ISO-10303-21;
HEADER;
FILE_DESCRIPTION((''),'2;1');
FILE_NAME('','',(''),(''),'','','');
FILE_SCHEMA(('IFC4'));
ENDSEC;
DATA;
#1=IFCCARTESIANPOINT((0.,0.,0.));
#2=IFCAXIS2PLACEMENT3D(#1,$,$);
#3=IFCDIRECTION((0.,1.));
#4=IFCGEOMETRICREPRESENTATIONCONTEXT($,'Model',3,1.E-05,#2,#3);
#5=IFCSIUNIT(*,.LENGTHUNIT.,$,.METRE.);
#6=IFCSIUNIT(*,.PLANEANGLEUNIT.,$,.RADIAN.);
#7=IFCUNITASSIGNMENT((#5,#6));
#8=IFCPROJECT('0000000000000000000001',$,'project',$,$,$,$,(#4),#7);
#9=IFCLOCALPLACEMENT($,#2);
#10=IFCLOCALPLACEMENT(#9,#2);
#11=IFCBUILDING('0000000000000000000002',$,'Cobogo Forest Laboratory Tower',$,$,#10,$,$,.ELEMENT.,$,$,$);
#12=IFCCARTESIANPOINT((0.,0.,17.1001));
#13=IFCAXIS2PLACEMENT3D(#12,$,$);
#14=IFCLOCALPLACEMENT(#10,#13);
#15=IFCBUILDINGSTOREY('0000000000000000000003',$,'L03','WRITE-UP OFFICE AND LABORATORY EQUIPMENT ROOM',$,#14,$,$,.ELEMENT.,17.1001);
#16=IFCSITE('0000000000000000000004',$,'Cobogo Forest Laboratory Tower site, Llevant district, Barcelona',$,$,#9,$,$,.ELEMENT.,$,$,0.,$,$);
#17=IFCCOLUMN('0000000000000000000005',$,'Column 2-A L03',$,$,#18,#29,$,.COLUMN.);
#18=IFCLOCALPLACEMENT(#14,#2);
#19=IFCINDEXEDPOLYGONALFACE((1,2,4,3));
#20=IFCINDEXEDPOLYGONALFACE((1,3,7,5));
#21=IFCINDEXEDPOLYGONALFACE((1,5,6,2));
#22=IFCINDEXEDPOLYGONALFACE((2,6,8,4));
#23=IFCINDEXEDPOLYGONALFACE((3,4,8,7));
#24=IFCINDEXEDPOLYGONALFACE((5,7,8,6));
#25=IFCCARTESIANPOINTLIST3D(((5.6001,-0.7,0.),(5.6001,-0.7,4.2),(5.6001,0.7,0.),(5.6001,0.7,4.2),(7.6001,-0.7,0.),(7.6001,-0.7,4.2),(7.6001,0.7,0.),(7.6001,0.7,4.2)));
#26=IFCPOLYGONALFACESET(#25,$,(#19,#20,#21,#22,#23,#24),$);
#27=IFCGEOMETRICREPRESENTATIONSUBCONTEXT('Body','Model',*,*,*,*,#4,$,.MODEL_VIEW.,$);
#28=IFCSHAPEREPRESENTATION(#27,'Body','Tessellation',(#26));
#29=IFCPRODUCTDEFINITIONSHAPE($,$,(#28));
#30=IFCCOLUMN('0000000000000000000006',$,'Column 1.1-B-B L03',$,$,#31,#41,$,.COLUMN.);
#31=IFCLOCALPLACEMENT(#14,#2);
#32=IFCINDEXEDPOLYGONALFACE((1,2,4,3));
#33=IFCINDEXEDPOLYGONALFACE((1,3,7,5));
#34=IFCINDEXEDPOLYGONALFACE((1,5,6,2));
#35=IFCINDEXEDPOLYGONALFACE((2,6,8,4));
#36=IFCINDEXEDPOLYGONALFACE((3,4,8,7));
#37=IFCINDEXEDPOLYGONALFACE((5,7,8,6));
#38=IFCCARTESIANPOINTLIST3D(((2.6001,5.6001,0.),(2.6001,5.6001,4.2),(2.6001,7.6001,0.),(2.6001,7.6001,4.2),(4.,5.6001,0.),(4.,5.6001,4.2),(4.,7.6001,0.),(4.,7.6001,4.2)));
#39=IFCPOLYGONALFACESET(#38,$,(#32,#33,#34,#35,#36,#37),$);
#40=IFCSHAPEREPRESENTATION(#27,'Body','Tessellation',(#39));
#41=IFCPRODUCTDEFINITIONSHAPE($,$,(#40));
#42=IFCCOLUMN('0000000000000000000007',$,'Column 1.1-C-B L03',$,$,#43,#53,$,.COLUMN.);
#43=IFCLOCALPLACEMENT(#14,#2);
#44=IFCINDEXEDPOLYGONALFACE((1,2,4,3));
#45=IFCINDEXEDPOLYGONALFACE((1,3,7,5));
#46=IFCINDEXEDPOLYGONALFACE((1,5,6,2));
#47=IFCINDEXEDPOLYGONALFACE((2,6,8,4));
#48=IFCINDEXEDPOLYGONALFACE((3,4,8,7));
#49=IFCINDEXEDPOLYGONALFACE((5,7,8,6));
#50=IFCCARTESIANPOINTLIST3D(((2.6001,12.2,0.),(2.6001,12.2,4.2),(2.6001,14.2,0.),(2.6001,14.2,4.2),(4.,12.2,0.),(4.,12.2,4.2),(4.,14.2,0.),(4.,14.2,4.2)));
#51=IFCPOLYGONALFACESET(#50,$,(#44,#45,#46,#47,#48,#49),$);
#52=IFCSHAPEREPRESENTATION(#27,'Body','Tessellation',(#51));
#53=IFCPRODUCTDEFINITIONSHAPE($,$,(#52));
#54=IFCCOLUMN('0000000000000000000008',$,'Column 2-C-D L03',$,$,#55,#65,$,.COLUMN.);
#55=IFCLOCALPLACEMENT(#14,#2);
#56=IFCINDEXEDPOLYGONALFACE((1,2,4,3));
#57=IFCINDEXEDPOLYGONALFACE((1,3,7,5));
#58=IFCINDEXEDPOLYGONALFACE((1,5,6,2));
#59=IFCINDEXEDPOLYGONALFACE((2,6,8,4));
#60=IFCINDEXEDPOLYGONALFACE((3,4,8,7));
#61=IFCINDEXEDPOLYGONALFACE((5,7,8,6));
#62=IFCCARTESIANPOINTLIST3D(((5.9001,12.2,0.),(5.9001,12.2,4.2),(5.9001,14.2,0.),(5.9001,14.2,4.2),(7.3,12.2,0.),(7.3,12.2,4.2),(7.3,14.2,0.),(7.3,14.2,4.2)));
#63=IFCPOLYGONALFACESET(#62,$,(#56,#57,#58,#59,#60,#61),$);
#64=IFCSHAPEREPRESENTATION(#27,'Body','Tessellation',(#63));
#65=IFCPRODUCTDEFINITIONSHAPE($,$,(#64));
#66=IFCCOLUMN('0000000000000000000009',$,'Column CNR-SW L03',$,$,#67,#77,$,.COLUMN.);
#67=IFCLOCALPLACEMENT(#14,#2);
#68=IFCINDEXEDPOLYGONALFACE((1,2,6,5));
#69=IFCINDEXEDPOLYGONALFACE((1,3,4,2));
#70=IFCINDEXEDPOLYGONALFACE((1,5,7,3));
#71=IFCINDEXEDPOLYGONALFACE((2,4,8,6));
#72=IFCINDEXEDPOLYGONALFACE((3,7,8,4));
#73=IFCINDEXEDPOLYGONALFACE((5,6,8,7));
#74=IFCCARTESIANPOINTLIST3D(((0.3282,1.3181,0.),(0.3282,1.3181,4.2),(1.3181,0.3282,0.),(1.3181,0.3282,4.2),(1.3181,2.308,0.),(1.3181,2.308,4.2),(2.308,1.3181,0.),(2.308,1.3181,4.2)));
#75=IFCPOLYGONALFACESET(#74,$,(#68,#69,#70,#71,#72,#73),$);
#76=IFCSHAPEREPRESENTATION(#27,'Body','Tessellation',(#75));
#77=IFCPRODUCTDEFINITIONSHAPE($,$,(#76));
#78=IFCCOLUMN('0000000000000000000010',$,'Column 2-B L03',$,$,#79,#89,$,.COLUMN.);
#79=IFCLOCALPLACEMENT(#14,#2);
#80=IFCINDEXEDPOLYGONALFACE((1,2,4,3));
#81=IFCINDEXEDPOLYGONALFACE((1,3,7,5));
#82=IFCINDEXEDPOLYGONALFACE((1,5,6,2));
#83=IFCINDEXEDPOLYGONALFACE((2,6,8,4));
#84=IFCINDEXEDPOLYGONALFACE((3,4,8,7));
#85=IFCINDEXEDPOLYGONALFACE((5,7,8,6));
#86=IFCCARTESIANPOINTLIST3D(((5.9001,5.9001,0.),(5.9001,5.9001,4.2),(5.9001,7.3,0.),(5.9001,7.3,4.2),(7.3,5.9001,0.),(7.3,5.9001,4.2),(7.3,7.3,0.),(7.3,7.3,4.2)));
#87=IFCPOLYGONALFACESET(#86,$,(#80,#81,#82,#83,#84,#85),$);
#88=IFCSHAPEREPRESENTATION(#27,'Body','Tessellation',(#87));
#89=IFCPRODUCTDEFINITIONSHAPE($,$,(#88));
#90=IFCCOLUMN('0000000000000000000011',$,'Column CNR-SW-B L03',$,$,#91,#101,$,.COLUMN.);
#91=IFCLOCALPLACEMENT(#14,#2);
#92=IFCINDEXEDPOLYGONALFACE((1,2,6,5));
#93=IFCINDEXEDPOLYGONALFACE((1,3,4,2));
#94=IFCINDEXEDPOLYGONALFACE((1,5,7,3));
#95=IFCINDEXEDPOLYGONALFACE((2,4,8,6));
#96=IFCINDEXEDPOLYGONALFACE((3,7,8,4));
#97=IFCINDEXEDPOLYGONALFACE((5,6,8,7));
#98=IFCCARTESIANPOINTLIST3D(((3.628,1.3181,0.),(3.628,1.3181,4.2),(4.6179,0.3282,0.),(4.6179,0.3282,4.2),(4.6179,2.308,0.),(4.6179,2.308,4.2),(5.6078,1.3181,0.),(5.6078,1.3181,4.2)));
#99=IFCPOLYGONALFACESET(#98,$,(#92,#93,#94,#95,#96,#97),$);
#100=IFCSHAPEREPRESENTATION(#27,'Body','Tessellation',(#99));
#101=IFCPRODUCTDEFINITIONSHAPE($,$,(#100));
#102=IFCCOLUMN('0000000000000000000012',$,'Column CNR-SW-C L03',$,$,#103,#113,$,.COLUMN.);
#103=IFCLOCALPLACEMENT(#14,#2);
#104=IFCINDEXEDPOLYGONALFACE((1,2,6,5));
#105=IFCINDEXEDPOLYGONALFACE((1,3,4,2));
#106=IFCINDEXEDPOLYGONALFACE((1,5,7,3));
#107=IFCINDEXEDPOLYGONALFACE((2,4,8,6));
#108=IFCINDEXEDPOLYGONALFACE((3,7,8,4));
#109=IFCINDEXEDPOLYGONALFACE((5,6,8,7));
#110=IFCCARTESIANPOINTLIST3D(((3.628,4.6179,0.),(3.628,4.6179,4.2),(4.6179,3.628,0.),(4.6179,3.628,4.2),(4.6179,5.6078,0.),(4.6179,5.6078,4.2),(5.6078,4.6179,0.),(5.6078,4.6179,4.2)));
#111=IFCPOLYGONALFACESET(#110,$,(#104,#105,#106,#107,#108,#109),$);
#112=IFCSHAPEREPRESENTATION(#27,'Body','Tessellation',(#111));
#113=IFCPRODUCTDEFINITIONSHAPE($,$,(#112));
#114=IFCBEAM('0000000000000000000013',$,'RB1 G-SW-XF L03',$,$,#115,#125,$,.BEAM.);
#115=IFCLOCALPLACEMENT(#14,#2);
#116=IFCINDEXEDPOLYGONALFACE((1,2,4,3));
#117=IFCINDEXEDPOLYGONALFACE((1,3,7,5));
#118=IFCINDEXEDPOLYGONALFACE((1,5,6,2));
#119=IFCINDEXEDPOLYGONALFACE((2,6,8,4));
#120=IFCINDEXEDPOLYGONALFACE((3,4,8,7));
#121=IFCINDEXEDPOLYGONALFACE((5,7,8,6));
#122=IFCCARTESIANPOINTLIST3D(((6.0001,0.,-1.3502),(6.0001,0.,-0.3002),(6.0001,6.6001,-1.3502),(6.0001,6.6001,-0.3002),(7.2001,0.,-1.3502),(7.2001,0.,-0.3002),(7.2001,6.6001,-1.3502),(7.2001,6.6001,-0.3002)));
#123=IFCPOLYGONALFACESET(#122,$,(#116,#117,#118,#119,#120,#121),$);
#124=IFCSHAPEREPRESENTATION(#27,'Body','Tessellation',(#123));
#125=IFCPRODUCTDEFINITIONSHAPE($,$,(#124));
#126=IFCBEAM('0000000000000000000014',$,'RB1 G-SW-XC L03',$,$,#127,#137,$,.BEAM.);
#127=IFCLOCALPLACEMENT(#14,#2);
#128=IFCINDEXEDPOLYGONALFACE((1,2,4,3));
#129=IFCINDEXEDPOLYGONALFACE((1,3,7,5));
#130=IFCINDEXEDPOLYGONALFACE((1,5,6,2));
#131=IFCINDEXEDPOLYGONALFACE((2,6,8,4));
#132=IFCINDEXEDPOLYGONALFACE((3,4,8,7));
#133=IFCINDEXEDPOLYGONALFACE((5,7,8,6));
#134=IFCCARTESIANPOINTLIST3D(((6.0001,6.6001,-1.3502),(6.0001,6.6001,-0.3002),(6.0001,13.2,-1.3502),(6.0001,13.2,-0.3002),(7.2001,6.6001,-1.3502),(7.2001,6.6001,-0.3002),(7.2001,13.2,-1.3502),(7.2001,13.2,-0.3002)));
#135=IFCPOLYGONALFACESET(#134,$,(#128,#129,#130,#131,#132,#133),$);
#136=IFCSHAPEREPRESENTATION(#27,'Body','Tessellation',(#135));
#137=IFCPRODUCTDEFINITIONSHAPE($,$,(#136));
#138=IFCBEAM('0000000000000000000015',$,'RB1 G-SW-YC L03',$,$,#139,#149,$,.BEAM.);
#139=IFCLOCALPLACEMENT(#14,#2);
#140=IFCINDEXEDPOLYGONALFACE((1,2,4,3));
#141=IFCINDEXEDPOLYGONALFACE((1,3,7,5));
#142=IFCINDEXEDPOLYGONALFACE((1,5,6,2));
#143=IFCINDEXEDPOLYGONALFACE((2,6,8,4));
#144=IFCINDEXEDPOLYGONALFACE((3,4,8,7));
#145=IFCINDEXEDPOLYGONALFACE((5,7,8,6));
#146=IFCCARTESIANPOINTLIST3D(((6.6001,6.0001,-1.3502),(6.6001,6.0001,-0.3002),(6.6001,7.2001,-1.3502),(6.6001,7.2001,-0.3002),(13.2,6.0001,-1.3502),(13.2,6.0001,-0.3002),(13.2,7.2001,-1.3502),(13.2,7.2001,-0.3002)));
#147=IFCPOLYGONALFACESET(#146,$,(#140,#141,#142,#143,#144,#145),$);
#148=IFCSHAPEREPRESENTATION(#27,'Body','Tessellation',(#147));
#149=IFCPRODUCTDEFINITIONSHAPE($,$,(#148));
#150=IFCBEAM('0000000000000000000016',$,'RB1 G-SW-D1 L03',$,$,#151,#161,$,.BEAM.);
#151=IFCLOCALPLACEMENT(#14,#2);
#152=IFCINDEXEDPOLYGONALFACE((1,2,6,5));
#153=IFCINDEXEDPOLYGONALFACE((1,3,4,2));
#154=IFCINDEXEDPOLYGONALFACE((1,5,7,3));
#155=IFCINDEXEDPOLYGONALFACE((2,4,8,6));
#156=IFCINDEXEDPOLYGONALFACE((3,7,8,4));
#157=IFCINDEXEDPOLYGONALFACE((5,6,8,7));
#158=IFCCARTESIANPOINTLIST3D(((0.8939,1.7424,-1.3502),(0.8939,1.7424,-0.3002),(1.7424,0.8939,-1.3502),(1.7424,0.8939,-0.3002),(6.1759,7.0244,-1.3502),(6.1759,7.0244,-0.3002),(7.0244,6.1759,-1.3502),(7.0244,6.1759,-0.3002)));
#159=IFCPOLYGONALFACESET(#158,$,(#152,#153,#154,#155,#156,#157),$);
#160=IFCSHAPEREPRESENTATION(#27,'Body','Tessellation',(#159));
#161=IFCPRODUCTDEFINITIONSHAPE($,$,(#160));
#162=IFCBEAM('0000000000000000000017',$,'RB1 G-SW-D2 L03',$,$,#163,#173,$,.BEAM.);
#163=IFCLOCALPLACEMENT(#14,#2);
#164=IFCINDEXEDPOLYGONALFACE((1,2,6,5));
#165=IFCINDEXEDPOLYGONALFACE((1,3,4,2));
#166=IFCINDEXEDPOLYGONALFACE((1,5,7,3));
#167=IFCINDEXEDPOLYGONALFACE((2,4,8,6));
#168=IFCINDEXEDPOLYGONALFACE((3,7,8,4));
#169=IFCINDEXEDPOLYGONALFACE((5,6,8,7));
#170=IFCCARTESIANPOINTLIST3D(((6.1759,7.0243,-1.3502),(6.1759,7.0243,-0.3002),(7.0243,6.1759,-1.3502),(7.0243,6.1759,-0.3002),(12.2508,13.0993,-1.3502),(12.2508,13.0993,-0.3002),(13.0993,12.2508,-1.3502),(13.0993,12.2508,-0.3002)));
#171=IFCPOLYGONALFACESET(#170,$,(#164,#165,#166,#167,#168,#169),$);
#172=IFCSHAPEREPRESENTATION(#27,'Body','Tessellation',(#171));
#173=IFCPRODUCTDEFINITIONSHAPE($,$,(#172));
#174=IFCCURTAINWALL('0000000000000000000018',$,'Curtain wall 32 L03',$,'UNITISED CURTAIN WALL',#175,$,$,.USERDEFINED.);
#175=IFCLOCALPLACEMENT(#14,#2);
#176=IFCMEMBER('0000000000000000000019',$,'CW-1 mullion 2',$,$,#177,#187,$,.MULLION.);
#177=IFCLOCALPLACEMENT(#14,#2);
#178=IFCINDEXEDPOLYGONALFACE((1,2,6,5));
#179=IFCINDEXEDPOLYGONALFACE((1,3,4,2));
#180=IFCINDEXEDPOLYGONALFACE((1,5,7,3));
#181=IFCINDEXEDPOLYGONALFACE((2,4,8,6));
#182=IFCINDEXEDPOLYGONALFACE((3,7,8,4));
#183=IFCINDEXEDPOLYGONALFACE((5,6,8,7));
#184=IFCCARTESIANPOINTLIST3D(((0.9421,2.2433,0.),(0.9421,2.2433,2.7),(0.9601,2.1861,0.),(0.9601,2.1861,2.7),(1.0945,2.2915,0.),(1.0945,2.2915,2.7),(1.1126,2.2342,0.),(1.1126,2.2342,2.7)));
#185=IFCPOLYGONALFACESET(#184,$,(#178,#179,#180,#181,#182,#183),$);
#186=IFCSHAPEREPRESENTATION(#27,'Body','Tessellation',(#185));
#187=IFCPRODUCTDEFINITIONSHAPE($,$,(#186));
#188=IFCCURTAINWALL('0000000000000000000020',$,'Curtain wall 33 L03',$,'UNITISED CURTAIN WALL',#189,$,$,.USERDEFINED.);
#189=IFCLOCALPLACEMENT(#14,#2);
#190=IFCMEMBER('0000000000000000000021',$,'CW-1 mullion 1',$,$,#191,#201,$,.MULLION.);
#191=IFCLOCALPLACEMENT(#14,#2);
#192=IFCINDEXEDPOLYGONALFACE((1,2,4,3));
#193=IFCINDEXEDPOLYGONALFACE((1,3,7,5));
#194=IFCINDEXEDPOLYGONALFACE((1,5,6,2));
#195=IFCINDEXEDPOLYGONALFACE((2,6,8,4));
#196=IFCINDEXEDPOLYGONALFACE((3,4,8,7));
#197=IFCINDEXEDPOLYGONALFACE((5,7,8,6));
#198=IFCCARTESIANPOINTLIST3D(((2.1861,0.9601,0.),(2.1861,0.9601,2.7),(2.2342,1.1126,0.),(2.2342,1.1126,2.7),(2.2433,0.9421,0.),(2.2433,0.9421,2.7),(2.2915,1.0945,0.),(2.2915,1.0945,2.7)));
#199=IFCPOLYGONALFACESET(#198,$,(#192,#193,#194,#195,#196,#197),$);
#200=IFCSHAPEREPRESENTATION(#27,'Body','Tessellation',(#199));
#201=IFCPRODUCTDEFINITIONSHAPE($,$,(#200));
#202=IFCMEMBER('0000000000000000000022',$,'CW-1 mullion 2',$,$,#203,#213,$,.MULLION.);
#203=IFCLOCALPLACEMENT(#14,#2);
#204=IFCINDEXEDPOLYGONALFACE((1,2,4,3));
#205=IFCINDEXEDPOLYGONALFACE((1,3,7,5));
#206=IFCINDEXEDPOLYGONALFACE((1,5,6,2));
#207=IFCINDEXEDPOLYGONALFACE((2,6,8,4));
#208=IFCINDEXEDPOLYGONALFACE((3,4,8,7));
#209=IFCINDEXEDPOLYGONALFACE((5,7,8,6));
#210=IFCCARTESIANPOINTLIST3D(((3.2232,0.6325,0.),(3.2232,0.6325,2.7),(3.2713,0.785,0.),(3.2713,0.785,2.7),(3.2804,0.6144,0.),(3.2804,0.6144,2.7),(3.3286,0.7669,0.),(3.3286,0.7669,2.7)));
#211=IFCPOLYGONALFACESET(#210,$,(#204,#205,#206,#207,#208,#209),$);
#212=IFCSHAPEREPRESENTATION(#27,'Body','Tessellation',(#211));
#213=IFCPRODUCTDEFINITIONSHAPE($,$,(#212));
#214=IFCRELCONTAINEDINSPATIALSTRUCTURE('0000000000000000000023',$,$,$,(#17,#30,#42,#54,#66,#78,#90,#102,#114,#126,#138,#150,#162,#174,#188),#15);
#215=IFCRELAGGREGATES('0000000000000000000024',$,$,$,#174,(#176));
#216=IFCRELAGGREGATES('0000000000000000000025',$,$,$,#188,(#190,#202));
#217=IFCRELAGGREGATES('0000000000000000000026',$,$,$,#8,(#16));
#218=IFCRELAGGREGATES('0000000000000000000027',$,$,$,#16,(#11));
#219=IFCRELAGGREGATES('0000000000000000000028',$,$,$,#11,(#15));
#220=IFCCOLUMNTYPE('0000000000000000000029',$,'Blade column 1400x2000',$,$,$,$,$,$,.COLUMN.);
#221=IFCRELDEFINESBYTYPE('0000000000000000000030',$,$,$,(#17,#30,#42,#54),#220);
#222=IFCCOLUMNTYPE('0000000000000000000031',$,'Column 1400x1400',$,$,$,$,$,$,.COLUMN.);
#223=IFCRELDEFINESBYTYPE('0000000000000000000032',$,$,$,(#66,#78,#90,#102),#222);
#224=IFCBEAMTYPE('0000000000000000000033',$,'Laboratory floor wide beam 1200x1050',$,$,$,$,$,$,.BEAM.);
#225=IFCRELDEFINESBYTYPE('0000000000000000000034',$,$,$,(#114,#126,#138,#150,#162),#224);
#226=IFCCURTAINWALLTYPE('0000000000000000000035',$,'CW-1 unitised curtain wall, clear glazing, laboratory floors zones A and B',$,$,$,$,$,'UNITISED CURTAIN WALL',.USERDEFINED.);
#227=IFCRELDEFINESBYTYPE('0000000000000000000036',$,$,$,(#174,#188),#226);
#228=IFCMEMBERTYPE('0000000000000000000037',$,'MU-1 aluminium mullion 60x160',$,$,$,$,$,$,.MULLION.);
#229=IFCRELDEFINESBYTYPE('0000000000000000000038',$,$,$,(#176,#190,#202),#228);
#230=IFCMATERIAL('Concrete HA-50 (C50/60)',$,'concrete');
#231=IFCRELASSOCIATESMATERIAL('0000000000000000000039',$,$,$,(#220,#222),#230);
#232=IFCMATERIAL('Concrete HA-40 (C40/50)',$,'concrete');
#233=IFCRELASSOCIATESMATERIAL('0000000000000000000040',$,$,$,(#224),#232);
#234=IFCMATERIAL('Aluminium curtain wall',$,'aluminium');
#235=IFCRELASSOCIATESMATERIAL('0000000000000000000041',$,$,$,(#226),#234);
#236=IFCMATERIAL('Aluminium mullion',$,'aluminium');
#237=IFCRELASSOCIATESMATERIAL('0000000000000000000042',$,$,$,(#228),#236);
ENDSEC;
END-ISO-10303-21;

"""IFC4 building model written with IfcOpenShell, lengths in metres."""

from ifc_helpers import new_model, si_unit, direction, frame, origin, origin_2d, place, context, subcontext, project, spatial, rectangle, extrude, material, material_profile, profile_set, type_object, element, aggregate, save


model = new_model("IFC4")

# Units and contexts
model_context = context("Model", 3, precision=1e-05, world=origin(), true_north=direction((0.0, 1.0)))
body_context = subcontext(model_context, "Body", "Model", "MODEL_VIEW")
ifc_project = project(units=[si_unit("LENGTHUNIT", "METRE"), si_unit("PLANEANGLEUNIT", "RADIAN")], contexts=[model_context])

# Site, building, storey
site_placement = place(None, origin())
site = spatial("IfcSite", under=ifc_project, at=site_placement, Name="Cobogo Forest Laboratory Tower site, Llevant district, Barcelona", CompositionType="ELEMENT", RefElevation=0.0)
building_placement = place(site_placement, origin())
building = spatial("IfcBuilding", under=site, at=building_placement, Name="Cobogo Forest Laboratory Tower", CompositionType="ELEMENT")
storey_placement = place(building_placement, frame((0.0, 0.0, 17.1001)))
storey = spatial("IfcBuildingStorey", under=building, at=storey_placement, Name="L03", Description="WRITE-UP OFFICE AND LABORATORY EQUIPMENT ROOM", CompositionType="ELEMENT", Elevation=17.1001)

# Columns
ifc_material_1 = material(Name="Concrete HA-50 (C50/60)", Category="concrete")
ifc_material_profile_1 = material_profile(ifc_material_1, rectangle(XDim=2.0, YDim=1.3999, at=origin_2d()), Name="RC 1400x2000")
ifc_profile_set_1 = profile_set([ifc_material_profile_1], Name="Concrete HA-50 (C50/60)")
column_type_1 = type_object("IfcColumnType", Name="Blade column 1400x2000", PredefinedType="COLUMN", material=ifc_profile_set_1)
for number, where, z_axis, x_axis, name in (
    (1, (6.6001, 0.0, 0.0), (0.0, 0.0, 1.0), (1.0, 0.0, 0.0), "Column 2-A L03"),
    (2, (3.3, 6.6001, 0.0), (0.0, 0.0, 1.0), (0.0, 1.0, 0.0), "Column 1.1-B-B L03"),
    (3, (3.3, 13.2, 0.0), (0.0, 0.0, 1.0), (0.0, 1.0, 0.0), "Column 1.1-C-B L03"),
    (4, (6.6001, 13.2, 0.0), (0.0, 0.0, 1.0), (0.0, 1.0, 0.0), "Column 2-C-D L03"),
):
    element("IfcColumn", number, at=place(storey_placement, frame(where, z_axis=z_axis, x_axis=x_axis)), inside=storey, type_object=column_type_1, Name=name, PredefinedType="COLUMN", context=body_context, shape_type="SweptSolid", body=[
        extrude(rectangle(XDim=2.0, YDim=1.3999, at=origin_2d()), origin(), (0.0, 0.0, 1.0), 4.2),
    ])
ifc_material_profile_2 = material_profile(ifc_material_1, rectangle(XDim=1.3999, YDim=1.3999, at=origin_2d()), Name="RC 1400x1400")
ifc_profile_set_2 = profile_set([ifc_material_profile_2], Name="Concrete HA-50 (C50/60)")
column_type_2 = type_object("IfcColumnType", Name="Column 1400x1400", PredefinedType="COLUMN", material=ifc_profile_set_2)
for number, where, z_axis, x_axis, name in (
    (5, (1.3181, 1.3181, 0.0), (0.0, 0.0, 1.0), (0.707107, 0.707107, 0.0), "Column CNR-SW L03"),
    (6, (6.6001, 6.6001, 0.0), (0.0, 0.0, 1.0), (1.0, 0.0, 0.0), "Column 2-B L03"),
    (7, (4.6179, 1.3181, 0.0), (0.0, 0.0, 1.0), (0.707107, 0.707107, 0.0), "Column CNR-SW-B L03"),
    (8, (4.6179, 4.6179, 0.0), (0.0, 0.0, 1.0), (0.707107, 0.707107, 0.0), "Column CNR-SW-C L03"),
):
    element("IfcColumn", number, at=place(storey_placement, frame(where, z_axis=z_axis, x_axis=x_axis)), inside=storey, type_object=column_type_2, Name=name, PredefinedType="COLUMN", context=body_context, shape_type="SweptSolid", body=[
        extrude(rectangle(XDim=1.3999, YDim=1.3999, at=origin_2d()), origin(), (0.0, 0.0, 1.0), 4.2),
    ])

# Beams
ifc_material_2 = material(Name="Concrete HA-40 (C40/50)", Category="concrete")
ifc_material_profile_3 = material_profile(ifc_material_2, rectangle(XDim=1.2, YDim=1.05, at=origin_2d()), Name="RC 1200x1050")
ifc_profile_set_3 = profile_set([ifc_material_profile_3], Name="Concrete HA-40 (C40/50)")
beam_type_1 = type_object("IfcBeamType", Name="Laboratory floor wide beam 1200x1050", PredefinedType="BEAM", material=ifc_profile_set_3)
beam_1_placement = place(storey_placement, frame((6.6001, 0.0, -0.8252), z_axis=(0.0, 1.0, 0.0), x_axis=(-1.0, 0.0, 0.0)))
element("IfcBeam", 9, at=beam_1_placement, inside=storey, type_object=beam_type_1, Name="RB1 G-SW-XF L03", PredefinedType="BEAM", context=body_context, shape_type="SweptSolid", body=[
    extrude(rectangle(XDim=1.2, YDim=1.05, at=origin_2d()), origin(), (0.0, 0.0, 1.0), 6.6001),
])
for number, where, z_axis, x_axis, name in (
    (10, (6.6001, 6.6001, -0.8252), (0.0, 1.0, 0.0), (-1.0, 0.0, 0.0), "RB1 G-SW-XC L03"),
    (11, (6.6001, 6.6001, -0.8252), (1.0, 0.0, 0.0), (0.0, 1.0, 0.0), "RB1 G-SW-YC L03"),
):
    element("IfcBeam", number, at=place(storey_placement, frame(where, z_axis=z_axis, x_axis=x_axis)), inside=storey, type_object=beam_type_1, Name=name, PredefinedType="BEAM", context=body_context, shape_type="SweptSolid", body=[
        extrude(rectangle(XDim=1.2, YDim=1.05, at=origin_2d()), origin(), (0.0, 0.0, 1.0), 6.5999),
    ])
beam_2_placement = place(storey_placement, frame((1.3181, 1.3181, -0.8252), z_axis=(0.707107, 0.707107, 0.0), x_axis=(-0.707107, 0.707107, 0.0)))
element("IfcBeam", 12, at=beam_2_placement, inside=storey, type_object=beam_type_1, Name="RB1 G-SW-D1 L03", PredefinedType="BEAM", context=body_context, shape_type="SweptSolid", body=[
    extrude(rectangle(XDim=1.2, YDim=1.05, at=origin_2d()), origin(), (0.0, 0.0, 1.0), 7.47),
])
beam_3_placement = place(storey_placement, frame((6.6001, 6.6001, -0.8252), z_axis=(0.707107, 0.707107, 0.0), x_axis=(-0.707107, 0.707107, 0.0)))
element("IfcBeam", 13, at=beam_3_placement, inside=storey, type_object=beam_type_1, Name="RB1 G-SW-D2 L03", PredefinedType="BEAM", context=body_context, shape_type="SweptSolid", body=[
    extrude(rectangle(XDim=1.2, YDim=1.05, at=origin_2d()), origin(), (0.0, 0.0, 1.0), 8.5913),
])

# Curtain wall, member
ifc_material_3 = material(Name="Aluminium curtain wall", Category="aluminium")
curtain_wall_type = type_object("IfcCurtainWallType", Name="CW-1 unitised curtain wall, clear glazing, laboratory floors zones A and B", ElementType="UNITISED CURTAIN WALL", PredefinedType="USERDEFINED", material=ifc_material_3)
curtain_wall_1_placement = place(storey_placement, origin())
curtain_wall_1 = element("IfcCurtainWall", 14, at=curtain_wall_1_placement, inside=storey, type_object=curtain_wall_type, Name="Curtain wall 32 L03", ObjectType="UNITISED CURTAIN WALL", PredefinedType="USERDEFINED")
ifc_material_4 = material(Name="Aluminium mullion", Category="aluminium")
ifc_material_profile_4 = material_profile(ifc_material_4, rectangle(XDim=0.0601, YDim=0.1599, at=origin_2d()), Name="AL 60x160")
ifc_profile_set_4 = profile_set([ifc_material_profile_4], Name="Aluminium mullion")
member_type_1 = type_object("IfcMemberType", Name="MU-1 aluminium mullion 60x160", PredefinedType="MULLION", material=ifc_profile_set_4)
member_1_placement = place(storey_placement, frame((1.0273, 2.2388, 0.0), z_axis=(0.0, 0.0, 1.0), x_axis=(0.301135, -0.953581, 0.0)))
member_1 = element("IfcMember", 15, at=member_1_placement, type_object=member_type_1, Name="CW-1 mullion 2", PredefinedType="MULLION", context=body_context, shape_type="SweptSolid", body=[
    extrude(rectangle(XDim=0.0601, YDim=0.1599, at=origin_2d()), origin(), (0.0, 0.0, 1.0), 2.7),
])
aggregate(curtain_wall_1, [member_1])

# Curtain wall, members
curtain_wall_2_placement = place(storey_placement, origin())
curtain_wall_2 = element("IfcCurtainWall", 16, at=curtain_wall_2_placement, inside=storey, type_object=curtain_wall_type, Name="Curtain wall 33 L03", ObjectType="UNITISED CURTAIN WALL", PredefinedType="USERDEFINED")
member_2_placement = place(storey_placement, frame((2.2388, 1.0273, 0.0), z_axis=(0.0, 0.0, 1.0), x_axis=(0.953581, -0.301135, 0.0)))
member_2 = element("IfcMember", 17, at=member_2_placement, type_object=member_type_1, Name="CW-1 mullion 1", PredefinedType="MULLION", context=body_context, shape_type="SweptSolid", body=[
    extrude(rectangle(XDim=0.0601, YDim=0.1599, at=origin_2d()), origin(), (0.0, 0.0, 1.0), 2.7),
])
member_3_placement = place(storey_placement, frame((3.2759, 0.6997, 0.0), z_axis=(0.0, 0.0, 1.0), x_axis=(0.953581, -0.301135, 0.0)))
member_3 = element("IfcMember", 18, at=member_3_placement, type_object=member_type_1, Name="CW-1 mullion 2", PredefinedType="MULLION", context=body_context, shape_type="SweptSolid", body=[
    extrude(rectangle(XDim=0.0601, YDim=0.1599, at=origin_2d()), origin(), (0.0, 0.0, 1.0), 2.7),
])

aggregate(curtain_wall_2, [member_2, member_3])

save(model, "model.ifc")
